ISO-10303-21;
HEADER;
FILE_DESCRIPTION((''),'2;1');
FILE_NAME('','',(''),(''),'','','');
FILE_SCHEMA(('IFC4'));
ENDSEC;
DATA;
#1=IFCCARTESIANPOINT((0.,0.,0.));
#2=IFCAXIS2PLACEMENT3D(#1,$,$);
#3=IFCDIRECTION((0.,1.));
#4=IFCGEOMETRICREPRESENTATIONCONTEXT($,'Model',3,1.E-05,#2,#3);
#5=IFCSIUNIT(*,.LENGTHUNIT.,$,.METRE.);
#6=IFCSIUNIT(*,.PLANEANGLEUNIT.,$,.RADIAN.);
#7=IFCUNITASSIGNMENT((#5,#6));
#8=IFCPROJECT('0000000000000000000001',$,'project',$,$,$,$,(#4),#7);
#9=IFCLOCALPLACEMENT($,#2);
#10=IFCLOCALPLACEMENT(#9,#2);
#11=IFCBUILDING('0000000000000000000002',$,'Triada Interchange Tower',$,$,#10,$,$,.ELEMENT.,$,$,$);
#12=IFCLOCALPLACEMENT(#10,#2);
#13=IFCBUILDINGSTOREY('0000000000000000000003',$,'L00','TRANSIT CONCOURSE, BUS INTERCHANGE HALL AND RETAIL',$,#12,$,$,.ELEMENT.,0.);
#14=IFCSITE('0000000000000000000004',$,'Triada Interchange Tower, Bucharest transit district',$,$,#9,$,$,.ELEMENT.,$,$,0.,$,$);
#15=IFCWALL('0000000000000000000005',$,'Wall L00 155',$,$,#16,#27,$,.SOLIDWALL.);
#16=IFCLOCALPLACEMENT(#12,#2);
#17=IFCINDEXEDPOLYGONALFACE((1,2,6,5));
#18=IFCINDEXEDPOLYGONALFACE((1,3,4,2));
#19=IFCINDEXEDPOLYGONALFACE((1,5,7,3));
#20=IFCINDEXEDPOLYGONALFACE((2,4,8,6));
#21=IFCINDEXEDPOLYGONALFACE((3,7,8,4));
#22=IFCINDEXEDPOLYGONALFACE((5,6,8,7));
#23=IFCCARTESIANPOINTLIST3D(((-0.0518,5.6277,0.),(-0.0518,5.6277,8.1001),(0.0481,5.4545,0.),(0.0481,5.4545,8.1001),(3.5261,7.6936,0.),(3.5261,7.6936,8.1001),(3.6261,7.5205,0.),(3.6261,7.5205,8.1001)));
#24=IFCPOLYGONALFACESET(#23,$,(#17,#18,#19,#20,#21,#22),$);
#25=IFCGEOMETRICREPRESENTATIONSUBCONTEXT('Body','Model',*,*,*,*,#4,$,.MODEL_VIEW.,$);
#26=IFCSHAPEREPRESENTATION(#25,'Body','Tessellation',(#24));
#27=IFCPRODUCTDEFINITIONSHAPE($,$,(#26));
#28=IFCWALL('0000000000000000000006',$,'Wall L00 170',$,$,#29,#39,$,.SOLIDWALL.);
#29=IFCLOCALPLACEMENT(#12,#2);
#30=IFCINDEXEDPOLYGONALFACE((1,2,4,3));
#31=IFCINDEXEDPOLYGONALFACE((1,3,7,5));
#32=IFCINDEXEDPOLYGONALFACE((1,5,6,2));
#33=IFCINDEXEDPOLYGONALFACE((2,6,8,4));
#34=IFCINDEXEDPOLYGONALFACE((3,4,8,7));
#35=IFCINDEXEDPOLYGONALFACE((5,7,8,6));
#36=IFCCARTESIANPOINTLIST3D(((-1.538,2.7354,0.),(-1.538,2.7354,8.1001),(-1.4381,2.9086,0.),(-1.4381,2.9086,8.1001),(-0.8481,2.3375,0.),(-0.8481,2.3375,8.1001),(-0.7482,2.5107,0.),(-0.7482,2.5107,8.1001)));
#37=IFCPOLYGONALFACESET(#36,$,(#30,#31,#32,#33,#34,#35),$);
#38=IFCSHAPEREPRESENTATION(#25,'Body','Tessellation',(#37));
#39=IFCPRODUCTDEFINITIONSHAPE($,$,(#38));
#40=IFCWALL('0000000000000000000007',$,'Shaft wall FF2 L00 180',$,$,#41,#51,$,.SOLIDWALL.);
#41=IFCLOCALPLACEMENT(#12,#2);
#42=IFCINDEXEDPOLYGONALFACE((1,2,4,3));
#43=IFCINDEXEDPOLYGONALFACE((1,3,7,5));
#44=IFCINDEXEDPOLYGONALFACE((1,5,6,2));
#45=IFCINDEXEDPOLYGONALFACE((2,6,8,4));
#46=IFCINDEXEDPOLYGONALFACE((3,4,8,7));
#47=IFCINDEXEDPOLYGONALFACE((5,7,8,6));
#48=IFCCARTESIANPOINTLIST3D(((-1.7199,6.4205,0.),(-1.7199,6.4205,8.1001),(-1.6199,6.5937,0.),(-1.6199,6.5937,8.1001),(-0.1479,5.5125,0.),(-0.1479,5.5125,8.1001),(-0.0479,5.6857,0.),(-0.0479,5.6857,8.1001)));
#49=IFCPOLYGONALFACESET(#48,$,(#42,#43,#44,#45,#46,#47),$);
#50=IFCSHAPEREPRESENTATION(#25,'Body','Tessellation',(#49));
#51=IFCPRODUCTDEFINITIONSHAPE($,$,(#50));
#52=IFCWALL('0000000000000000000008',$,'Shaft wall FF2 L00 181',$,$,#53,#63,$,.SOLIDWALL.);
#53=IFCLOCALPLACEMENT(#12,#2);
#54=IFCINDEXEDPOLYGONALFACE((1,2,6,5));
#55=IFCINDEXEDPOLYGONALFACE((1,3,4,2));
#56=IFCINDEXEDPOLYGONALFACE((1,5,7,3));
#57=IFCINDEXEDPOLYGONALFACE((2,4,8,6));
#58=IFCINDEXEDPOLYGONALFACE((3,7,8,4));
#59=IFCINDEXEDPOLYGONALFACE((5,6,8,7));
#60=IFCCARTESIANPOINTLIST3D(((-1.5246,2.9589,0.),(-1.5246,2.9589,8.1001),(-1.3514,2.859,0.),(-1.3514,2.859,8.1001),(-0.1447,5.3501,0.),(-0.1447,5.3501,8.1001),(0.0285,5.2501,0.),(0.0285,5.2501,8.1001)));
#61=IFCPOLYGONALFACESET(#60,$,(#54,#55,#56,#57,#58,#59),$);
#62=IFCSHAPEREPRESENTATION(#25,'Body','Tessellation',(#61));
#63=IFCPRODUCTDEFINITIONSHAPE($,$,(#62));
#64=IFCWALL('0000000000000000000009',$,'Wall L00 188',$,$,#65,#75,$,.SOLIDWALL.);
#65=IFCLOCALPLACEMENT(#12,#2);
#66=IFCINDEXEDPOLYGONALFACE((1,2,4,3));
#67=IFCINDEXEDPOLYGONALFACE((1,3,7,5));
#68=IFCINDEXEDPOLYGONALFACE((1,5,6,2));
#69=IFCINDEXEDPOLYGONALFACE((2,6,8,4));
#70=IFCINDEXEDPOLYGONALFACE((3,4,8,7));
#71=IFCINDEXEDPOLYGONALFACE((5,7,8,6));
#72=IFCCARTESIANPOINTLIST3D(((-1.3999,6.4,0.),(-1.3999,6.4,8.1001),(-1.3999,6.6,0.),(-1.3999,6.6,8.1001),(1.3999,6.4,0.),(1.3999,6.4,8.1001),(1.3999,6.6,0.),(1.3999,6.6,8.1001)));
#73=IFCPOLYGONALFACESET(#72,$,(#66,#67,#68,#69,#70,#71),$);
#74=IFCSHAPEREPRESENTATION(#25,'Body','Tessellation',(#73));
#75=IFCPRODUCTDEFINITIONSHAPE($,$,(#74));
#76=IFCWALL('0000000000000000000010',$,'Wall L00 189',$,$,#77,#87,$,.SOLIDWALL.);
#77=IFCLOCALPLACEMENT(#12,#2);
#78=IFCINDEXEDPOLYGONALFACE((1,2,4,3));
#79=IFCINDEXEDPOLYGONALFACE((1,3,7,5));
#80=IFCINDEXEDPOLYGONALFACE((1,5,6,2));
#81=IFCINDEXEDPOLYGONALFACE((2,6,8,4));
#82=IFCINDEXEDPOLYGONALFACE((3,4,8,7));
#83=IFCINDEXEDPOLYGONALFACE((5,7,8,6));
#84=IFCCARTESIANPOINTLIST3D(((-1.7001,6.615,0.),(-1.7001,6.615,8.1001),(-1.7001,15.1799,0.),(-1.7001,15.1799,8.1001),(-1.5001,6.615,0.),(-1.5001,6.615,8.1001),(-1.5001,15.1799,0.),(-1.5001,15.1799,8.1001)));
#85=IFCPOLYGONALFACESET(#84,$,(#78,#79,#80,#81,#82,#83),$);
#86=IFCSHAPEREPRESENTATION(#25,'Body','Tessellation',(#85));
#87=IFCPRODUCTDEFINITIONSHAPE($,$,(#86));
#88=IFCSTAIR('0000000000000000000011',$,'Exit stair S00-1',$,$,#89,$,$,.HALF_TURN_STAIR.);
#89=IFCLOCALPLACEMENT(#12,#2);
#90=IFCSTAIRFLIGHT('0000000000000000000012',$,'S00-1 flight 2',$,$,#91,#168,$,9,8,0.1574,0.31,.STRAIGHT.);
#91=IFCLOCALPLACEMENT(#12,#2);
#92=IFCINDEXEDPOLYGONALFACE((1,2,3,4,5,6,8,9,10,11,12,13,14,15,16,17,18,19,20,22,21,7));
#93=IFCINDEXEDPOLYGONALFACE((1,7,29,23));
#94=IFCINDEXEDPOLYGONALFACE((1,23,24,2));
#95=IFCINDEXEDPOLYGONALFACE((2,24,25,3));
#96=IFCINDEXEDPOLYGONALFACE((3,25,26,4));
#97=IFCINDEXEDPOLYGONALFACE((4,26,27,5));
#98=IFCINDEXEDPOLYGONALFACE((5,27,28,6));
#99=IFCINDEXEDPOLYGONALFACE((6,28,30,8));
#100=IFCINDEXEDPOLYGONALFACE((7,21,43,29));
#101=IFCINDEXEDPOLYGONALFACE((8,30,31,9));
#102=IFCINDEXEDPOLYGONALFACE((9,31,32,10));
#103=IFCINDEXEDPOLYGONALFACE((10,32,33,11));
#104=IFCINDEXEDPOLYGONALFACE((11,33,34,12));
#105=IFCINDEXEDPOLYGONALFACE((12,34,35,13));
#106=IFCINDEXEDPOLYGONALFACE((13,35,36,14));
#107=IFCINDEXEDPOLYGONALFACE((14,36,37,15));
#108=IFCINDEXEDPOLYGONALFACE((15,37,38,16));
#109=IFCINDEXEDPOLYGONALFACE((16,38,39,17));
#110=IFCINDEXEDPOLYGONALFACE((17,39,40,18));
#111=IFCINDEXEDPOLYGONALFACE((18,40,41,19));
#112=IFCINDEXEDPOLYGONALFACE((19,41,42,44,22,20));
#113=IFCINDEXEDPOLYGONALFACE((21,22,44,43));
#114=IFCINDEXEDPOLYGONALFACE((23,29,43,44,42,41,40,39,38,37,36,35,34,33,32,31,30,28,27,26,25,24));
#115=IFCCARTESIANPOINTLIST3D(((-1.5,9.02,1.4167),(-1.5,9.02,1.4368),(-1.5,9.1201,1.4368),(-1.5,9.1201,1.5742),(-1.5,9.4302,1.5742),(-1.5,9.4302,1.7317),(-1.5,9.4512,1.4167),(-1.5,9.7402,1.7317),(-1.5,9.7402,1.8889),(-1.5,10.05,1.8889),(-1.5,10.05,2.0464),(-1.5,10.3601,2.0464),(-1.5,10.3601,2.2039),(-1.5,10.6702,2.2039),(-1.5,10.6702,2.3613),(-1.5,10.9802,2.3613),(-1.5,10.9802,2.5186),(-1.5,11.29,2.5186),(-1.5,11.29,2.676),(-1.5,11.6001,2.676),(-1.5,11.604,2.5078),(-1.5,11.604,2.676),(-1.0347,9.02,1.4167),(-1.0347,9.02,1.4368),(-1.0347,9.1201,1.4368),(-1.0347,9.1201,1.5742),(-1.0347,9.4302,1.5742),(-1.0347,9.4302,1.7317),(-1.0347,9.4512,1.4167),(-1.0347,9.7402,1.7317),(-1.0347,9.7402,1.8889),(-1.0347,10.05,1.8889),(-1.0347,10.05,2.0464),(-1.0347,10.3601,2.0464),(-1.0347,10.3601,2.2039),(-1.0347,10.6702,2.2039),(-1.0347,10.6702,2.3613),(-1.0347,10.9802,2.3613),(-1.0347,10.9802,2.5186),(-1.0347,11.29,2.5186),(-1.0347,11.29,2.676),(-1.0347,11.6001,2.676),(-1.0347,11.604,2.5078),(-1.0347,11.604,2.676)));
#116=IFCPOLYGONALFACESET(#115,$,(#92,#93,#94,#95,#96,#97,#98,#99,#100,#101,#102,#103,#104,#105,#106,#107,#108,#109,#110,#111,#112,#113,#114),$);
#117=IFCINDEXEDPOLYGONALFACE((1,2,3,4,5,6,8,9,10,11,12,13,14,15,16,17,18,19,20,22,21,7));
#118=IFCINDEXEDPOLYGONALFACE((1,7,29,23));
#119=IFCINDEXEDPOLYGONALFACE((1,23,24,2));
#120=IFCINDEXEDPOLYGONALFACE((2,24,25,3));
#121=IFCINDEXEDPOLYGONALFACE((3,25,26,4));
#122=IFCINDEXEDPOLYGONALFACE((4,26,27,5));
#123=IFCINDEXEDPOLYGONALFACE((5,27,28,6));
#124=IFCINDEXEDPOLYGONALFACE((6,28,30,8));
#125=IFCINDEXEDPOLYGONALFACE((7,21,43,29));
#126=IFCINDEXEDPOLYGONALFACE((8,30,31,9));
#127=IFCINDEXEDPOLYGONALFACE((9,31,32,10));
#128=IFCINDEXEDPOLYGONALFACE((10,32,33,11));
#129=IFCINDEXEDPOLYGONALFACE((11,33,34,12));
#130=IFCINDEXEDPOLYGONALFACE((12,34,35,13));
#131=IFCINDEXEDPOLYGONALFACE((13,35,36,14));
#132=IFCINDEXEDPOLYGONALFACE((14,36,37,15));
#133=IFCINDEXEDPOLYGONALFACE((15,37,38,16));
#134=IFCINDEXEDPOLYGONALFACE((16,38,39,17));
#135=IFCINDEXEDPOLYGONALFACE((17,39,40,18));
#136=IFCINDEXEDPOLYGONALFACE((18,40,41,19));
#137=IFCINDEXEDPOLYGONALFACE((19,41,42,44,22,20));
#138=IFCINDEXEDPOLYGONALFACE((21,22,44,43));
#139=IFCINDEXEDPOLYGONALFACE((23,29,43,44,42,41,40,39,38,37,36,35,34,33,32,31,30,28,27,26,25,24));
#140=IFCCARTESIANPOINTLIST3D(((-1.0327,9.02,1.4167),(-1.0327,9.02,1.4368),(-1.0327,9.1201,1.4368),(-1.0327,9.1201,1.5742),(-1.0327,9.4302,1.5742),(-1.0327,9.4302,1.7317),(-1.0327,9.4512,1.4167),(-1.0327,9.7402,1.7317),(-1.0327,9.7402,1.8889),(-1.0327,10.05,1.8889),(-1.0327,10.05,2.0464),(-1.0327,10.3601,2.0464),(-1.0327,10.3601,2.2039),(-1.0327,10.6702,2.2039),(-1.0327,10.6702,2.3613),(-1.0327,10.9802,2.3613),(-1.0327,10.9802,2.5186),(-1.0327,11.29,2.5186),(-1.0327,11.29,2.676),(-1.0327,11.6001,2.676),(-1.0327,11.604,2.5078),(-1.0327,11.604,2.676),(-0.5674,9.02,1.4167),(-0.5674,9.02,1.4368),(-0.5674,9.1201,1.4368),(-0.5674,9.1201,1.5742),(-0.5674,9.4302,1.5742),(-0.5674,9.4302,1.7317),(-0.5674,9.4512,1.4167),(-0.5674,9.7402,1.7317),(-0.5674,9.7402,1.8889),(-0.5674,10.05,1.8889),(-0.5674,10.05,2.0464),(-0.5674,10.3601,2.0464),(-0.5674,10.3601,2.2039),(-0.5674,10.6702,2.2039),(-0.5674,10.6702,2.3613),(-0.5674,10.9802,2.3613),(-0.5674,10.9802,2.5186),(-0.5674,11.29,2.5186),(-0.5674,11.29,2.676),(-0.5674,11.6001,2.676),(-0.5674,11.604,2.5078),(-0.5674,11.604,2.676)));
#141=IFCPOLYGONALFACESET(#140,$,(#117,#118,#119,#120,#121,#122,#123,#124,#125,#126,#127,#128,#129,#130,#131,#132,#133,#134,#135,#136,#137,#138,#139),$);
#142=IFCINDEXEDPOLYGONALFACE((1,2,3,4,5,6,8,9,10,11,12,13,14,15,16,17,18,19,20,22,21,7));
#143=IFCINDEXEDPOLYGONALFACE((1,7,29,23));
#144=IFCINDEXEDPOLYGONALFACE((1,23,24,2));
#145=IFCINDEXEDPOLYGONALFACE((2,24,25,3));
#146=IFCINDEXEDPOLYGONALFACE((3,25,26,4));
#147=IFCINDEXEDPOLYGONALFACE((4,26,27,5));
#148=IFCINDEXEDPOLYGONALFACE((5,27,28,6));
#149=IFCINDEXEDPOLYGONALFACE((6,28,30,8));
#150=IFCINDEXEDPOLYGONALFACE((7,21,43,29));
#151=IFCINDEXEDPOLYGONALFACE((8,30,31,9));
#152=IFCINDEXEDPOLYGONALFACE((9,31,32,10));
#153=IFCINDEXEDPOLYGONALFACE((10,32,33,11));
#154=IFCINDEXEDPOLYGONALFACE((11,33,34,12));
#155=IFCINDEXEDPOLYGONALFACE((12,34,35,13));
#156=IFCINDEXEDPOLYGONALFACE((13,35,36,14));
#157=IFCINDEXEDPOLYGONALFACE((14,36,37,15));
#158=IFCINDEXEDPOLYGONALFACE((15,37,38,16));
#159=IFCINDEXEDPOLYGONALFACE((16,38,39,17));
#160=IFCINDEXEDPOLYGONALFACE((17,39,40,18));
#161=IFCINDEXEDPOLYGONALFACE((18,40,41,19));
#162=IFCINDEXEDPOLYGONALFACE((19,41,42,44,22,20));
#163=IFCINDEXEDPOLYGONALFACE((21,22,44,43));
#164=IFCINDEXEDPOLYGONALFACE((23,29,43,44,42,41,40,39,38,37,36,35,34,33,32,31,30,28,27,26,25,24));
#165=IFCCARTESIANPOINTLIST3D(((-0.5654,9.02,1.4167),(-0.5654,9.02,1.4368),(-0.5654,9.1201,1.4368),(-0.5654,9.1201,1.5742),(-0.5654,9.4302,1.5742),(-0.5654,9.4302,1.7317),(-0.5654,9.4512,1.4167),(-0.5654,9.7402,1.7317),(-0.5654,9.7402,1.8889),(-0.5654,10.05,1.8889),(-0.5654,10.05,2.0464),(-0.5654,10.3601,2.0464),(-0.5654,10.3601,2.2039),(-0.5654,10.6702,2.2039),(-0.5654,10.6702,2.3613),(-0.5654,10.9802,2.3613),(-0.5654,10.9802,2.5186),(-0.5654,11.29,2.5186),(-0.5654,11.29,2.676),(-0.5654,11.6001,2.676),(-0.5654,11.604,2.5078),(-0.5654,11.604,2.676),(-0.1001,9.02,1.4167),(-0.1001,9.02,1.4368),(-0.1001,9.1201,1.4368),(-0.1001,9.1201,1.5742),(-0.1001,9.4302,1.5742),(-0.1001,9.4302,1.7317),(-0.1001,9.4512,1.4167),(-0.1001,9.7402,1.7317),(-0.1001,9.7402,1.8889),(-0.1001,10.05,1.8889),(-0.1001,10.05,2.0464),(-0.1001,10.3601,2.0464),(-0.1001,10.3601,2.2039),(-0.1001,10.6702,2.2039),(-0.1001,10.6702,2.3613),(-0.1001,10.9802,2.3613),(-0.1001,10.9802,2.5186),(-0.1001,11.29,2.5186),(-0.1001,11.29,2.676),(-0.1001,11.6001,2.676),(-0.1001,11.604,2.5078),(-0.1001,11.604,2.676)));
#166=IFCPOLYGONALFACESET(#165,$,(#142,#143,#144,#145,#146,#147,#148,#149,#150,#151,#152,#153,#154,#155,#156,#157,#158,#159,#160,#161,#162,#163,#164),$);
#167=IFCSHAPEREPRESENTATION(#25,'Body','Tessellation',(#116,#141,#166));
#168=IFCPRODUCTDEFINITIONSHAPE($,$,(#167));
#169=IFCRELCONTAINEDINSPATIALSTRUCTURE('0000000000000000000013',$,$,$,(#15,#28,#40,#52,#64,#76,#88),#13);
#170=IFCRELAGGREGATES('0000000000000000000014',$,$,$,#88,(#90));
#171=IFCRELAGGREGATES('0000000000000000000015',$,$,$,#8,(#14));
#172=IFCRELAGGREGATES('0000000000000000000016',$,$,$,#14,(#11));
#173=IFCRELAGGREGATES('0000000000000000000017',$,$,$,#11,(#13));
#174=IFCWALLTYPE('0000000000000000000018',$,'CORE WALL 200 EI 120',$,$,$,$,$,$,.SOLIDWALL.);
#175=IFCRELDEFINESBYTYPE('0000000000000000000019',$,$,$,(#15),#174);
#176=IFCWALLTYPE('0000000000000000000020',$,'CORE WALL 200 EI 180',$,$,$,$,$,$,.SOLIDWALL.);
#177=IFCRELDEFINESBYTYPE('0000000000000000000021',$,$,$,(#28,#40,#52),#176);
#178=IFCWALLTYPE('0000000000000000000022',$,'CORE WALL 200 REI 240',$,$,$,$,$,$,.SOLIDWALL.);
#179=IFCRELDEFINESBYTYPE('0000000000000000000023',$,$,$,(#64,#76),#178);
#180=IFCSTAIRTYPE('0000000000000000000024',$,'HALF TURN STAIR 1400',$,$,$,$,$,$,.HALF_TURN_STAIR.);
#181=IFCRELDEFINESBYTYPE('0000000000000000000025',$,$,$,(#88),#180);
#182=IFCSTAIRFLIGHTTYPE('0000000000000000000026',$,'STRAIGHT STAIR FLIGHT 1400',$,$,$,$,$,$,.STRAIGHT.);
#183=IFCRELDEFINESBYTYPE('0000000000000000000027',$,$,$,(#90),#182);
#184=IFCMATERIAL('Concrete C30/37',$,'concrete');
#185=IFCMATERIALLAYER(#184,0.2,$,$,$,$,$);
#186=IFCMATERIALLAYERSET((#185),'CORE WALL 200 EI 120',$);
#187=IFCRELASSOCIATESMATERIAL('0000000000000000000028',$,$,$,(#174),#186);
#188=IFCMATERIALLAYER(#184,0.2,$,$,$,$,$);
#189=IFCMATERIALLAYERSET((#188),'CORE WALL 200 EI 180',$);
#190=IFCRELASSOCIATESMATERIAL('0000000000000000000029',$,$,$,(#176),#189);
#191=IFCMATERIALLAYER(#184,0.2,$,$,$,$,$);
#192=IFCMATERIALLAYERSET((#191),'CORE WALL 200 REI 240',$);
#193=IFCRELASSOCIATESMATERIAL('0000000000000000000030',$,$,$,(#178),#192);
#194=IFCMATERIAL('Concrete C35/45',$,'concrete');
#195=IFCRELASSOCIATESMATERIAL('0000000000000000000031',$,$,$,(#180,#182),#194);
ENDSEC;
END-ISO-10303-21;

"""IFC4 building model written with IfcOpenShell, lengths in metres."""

from ifc_helpers import new_model, si_unit, direction, frame, frame_2d, origin, place, context, subcontext, project, spatial, polyline, rectangle, outline, extrude, material, layer, layer_set, type_object, element, aggregate, save


model = new_model("IFC4")

# Units and contexts
model_context = context("Model", 3, precision=1e-05, world=origin(), true_north=direction((0.0, 1.0)))
body_context = subcontext(model_context, "Body", "Model", "MODEL_VIEW")
ifc_project = project(units=[si_unit("LENGTHUNIT", "METRE"), si_unit("PLANEANGLEUNIT", "RADIAN")], contexts=[model_context])

# Site, building, storey
site_placement = place(None, origin())
site = spatial("IfcSite", under=ifc_project, at=site_placement, Name="Triada Interchange Tower, Bucharest transit district", CompositionType="ELEMENT", RefElevation=0.0)
building_placement = place(site_placement, origin())
building = spatial("IfcBuilding", under=site, at=building_placement, Name="Triada Interchange Tower", CompositionType="ELEMENT")
storey_placement = place(building_placement, origin())
storey = spatial("IfcBuildingStorey", under=building, at=storey_placement, Name="L00", Description="TRANSIT CONCOURSE, BUS INTERCHANGE HALL AND RETAIL", CompositionType="ELEMENT", Elevation=0.0)

# Walls
ifc_material_1 = material(Name="Concrete C30/37", Category="concrete")
ifc_layer_1 = layer(ifc_material_1, 0.2)
ifc_layer_set_1 = layer_set([ifc_layer_1], Name="CORE WALL 200 EI 120")
wall_type_1 = type_object("IfcWallType", Name="CORE WALL 200 EI 120", PredefinedType="SOLIDWALL", material=ifc_layer_set_1)
wall_1_placement = place(storey_placement, frame((-0.002, 5.541, 0.0), z_axis=(0.0, 0.0, 1.0), x_axis=(0.866002, 0.500041, 0.0)))
element("IfcWall", 1, at=wall_1_placement, inside=storey, type_object=wall_type_1, Name="Wall L00 155", PredefinedType="SOLIDWALL", context=body_context, shape_type="SweptSolid", body=[
    extrude(rectangle(XDim=4.1316, YDim=0.2, at=frame_2d((2.0659, 0.0))), origin(), (0.0, 0.0, 1.0), 8.1001),
])
ifc_layer_2 = layer(ifc_material_1, 0.2)
ifc_layer_set_2 = layer_set([ifc_layer_2], Name="CORE WALL 200 EI 180")
wall_type_2 = type_object("IfcWallType", Name="CORE WALL 200 EI 180", PredefinedType="SOLIDWALL", material=ifc_layer_set_2)
wall_2_placement = place(storey_placement, frame((-1.488, 2.822, 0.0), z_axis=(0.0, 0.0, 1.0), x_axis=(0.866237, -0.499634, 0.0)))
element("IfcWall", 2, at=wall_2_placement, inside=storey, type_object=wall_type_2, Name="Wall L00 170", PredefinedType="SOLIDWALL", context=body_context, shape_type="SweptSolid", body=[
    extrude(rectangle(XDim=0.7964, YDim=0.2, at=frame_2d((0.3982, 0.0))), origin(), (0.0, 0.0, 1.0), 8.1001),
])
wall_3_placement = place(storey_placement, frame((-1.6699, 6.5071, 0.0), z_axis=(0.0, 0.0, 1.0), x_axis=(0.865941, -0.500145, 0.0)))
element("IfcWall", 3, at=wall_3_placement, inside=storey, type_object=wall_type_2, Name="Shaft wall FF2 L00 180", PredefinedType="SOLIDWALL", context=body_context, shape_type="SweptSolid", body=[
    extrude(rectangle(XDim=1.8154, YDim=0.2, at=frame_2d((0.9077, 0.0))), origin(), (0.0, 0.0, 1.0), 8.1001),
])
wall_4_placement = place(storey_placement, frame((-1.438, 2.9089, 0.0), z_axis=(0.0, 0.0, 1.0), x_axis=(0.49983, 0.866124, 0.0)))
element("IfcWall", 4, at=wall_4_placement, inside=storey, type_object=wall_type_2, Name="Shaft wall FF2 L00 181", PredefinedType="SOLIDWALL", context=body_context, shape_type="SweptSolid", body=[
    extrude(rectangle(XDim=2.7607, YDim=0.2, at=frame_2d((1.3804, 0.0))), origin(), (0.0, 0.0, 1.0), 8.1001),
])
ifc_layer_3 = layer(ifc_material_1, 0.2)
ifc_layer_set_3 = layer_set([ifc_layer_3], Name="CORE WALL 200 REI 240")
wall_type_3 = type_object("IfcWallType", Name="CORE WALL 200 REI 240", PredefinedType="SOLIDWALL", material=ifc_layer_set_3)
wall_5_placement = place(storey_placement, frame((-1.3999, 6.5, 0.0), z_axis=(0.0, 0.0, 1.0), x_axis=(1.0, 0.0, 0.0)))
element("IfcWall", 5, at=wall_5_placement, inside=storey, type_object=wall_type_3, Name="Wall L00 188", PredefinedType="SOLIDWALL", context=body_context, shape_type="SweptSolid", body=[
    extrude(rectangle(XDim=2.7998, YDim=0.2, at=frame_2d((1.3999, 0.0))), origin(), (0.0, 0.0, 1.0), 8.1001),
])
wall_6_placement = place(storey_placement, frame((-1.6001, 6.615, 0.0), z_axis=(0.0, 0.0, 1.0), x_axis=(0.0, 1.0, 0.0)))
element("IfcWall", 6, at=wall_6_placement, inside=storey, type_object=wall_type_3, Name="Wall L00 189", PredefinedType="SOLIDWALL", context=body_context, shape_type="SweptSolid", body=[
    extrude(rectangle(XDim=8.5649, YDim=0.2, at=frame_2d((4.2825, 0.0))), origin(), (0.0, 0.0, 1.0), 8.1001),
])

# Stair, stair flight
ifc_material_2 = material(Name="Concrete C35/45", Category="concrete")
stair_type = type_object("IfcStairType", Name="HALF TURN STAIR 1400", PredefinedType="HALF_TURN_STAIR", material=ifc_material_2)
stair_placement = place(storey_placement, origin())
stair = element("IfcStair", 7, at=stair_placement, inside=storey, type_object=stair_type, Name="Exit stair S00-1", PredefinedType="HALF_TURN_STAIR")
stair_flight_type = type_object("IfcStairFlightType", Name="STRAIGHT STAIR FLIGHT 1400", PredefinedType="STRAIGHT", material=ifc_material_2)
stair_flight_1_placement = place(storey_placement, frame((-0.8, 9.1201, 1.4167), z_axis=(0.0, 0.0, 1.0), x_axis=(0.0, 1.0, 0.0)))
stair_flight_1 = element("IfcStairFlight", 8, at=stair_flight_1_placement, type_object=stair_flight_type, Name="S00-1 flight 2", NumberOfRisers=9, NumberOfTreads=8, PredefinedType="STRAIGHT", RiserHeight=0.1574, TreadLength=0.31, context=body_context, shape_type="SweptSolid", body=[
    extrude(outline(polyline([(-0.1001, 0.0), (-0.1001, 0.02), (0.0, 0.02), (0.0, 0.1575), (0.3101, 0.1575), (0.3101, 0.3149), (0.6201, 0.3149), (0.6201, 0.4722), (0.9299, 0.4722), (0.9299, 0.6296), (1.24, 0.6296), (1.24, 0.7871), (1.55, 0.7871), (1.55, 0.9446), (1.8601, 0.9446), (1.8601, 1.1018), (2.1699, 1.1018), (2.1699, 1.2593), (2.48, 1.2593), (2.4839, 1.2593), (2.4839, 1.4167), (2.4839, 1.0911), (0.3311, 0.0), (-0.1001, 0.0)])), frame((0.0, 0.7, 0.0), z_axis=(0.0, -1.0, 0.0), x_axis=(1.0, 0.0, 0.0)), (0.0, 0.0, 1.0), 0.4653),
    extrude(outline(polyline([(-0.1001, 0.0), (-0.1001, 0.02), (0.0, 0.02), (0.0, 0.1575), (0.3101, 0.1575), (0.3101, 0.3149), (0.6201, 0.3149), (0.6201, 0.4722), (0.9299, 0.4722), (0.9299, 0.6296), (1.24, 0.6296), (1.24, 0.7871), (1.55, 0.7871), (1.55, 0.9446), (1.8601, 0.9446), (1.8601, 1.1018), (2.1699, 1.1018), (2.1699, 1.2593), (2.48, 1.2593), (2.4839, 1.2593), (2.4839, 1.4167), (2.4839, 1.0911), (0.3311, 0.0), (-0.1001, 0.0)])), frame((0.0, 0.2327, 0.0), z_axis=(0.0, -1.0, 0.0), x_axis=(1.0, 0.0, 0.0)), (0.0, 0.0, 1.0), 0.4653),
    extrude(outline(polyline([(-0.1001, 0.0), (-0.1001, 0.02), (0.0, 0.02), (0.0, 0.1575), (0.3101, 0.1575), (0.3101, 0.3149), (0.6201, 0.3149), (0.6201, 0.4722), (0.9299, 0.4722), (0.9299, 0.6296), (1.24, 0.6296), (1.24, 0.7871), (1.55, 0.7871), (1.55, 0.9446), (1.8601, 0.9446), (1.8601, 1.1018), (2.1699, 1.1018), (2.1699, 1.2593), (2.48, 1.2593), (2.4839, 1.2593), (2.4839, 1.4167), (2.4839, 1.0911), (0.3311, 0.0), (-0.1001, 0.0)])), frame((0.0, -0.2346, 0.0), z_axis=(0.0, -1.0, 0.0), x_axis=(1.0, 0.0, 0.0)), (0.0, 0.0, 1.0), 0.4653),
])

aggregate(stair, [stair_flight_1])

save(model, "model.ifc")
